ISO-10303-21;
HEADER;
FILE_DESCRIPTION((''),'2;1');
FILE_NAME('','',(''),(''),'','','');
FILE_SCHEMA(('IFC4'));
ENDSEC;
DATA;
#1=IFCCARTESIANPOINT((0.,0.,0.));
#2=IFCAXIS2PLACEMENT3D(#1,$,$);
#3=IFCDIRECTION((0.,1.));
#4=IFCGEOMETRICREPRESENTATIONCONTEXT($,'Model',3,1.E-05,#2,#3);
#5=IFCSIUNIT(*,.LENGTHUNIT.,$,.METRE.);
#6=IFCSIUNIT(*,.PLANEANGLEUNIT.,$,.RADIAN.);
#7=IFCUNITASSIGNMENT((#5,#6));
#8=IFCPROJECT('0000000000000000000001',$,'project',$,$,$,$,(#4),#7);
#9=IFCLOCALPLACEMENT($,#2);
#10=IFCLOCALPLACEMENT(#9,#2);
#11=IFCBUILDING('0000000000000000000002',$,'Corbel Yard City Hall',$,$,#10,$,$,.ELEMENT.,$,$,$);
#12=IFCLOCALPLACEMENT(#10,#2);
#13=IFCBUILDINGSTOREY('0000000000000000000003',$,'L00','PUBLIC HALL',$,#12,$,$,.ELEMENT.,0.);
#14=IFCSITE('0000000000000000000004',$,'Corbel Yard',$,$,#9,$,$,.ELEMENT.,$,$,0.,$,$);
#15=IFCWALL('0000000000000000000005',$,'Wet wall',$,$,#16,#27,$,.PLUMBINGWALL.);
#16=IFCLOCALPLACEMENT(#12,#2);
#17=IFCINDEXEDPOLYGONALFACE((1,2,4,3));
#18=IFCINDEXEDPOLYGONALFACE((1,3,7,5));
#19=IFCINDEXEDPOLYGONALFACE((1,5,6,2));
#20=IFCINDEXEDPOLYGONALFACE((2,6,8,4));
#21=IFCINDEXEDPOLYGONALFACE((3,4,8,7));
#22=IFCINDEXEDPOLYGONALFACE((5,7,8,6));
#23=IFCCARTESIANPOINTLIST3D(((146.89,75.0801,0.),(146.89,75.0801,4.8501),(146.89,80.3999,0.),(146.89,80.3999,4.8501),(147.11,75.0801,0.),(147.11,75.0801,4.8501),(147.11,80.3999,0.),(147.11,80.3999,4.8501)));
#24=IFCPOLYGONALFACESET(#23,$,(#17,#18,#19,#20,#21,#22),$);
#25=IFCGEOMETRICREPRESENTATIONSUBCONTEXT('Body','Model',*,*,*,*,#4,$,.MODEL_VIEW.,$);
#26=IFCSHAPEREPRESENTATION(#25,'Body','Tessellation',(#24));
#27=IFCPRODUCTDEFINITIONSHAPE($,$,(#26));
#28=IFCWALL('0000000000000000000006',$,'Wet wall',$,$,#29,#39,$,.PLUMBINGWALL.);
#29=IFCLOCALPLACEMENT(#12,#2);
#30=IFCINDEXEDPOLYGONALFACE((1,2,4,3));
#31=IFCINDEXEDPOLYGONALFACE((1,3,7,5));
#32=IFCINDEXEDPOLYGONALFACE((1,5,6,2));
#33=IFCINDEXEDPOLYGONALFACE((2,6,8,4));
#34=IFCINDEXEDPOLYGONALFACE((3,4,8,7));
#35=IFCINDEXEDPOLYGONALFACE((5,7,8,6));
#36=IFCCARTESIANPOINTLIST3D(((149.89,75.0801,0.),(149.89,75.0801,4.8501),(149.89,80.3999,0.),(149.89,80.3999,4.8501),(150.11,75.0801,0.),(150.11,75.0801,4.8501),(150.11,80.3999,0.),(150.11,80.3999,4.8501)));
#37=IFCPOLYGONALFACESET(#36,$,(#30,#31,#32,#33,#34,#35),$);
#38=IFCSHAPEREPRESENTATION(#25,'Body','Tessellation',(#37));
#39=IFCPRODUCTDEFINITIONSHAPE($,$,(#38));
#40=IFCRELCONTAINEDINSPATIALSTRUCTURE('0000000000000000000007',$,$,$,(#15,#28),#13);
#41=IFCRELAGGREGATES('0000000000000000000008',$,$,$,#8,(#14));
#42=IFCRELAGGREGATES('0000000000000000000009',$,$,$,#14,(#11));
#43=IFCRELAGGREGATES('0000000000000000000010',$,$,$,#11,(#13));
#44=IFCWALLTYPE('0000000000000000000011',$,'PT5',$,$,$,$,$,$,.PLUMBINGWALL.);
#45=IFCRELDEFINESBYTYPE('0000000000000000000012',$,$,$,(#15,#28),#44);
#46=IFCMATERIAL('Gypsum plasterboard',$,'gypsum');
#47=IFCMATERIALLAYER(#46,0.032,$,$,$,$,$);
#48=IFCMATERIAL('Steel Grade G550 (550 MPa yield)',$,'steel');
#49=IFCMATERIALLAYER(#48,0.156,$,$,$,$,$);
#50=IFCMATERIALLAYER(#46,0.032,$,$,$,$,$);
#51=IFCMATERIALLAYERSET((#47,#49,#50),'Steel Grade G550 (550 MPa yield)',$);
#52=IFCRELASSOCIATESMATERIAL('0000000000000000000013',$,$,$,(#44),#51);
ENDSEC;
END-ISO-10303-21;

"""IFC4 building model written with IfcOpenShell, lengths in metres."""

from ifc_helpers import new_model, si_unit, direction, frame, frame_2d, origin, place, context, subcontext, project, spatial, rectangle, extrude, material, layer, layer_set, type_object, element, save


model = new_model("IFC4")

# Units and contexts
model_context = context("Model", 3, precision=1e-05, world=origin(), true_north=direction((0.0, 1.0)))
body_context = subcontext(model_context, "Body", "Model", "MODEL_VIEW")
ifc_project = project(units=[si_unit("LENGTHUNIT", "METRE"), si_unit("PLANEANGLEUNIT", "RADIAN")], contexts=[model_context])

# Site, building, storey
site_placement = place(None, origin())
site = spatial("IfcSite", under=ifc_project, at=site_placement, Name="Corbel Yard", CompositionType="ELEMENT", RefElevation=0.0)
building_placement = place(site_placement, origin())
building = spatial("IfcBuilding", under=site, at=building_placement, Name="Corbel Yard City Hall", CompositionType="ELEMENT")
storey_placement = place(building_placement, origin())
storey = spatial("IfcBuildingStorey", under=building, at=storey_placement, Name="L00", Description="PUBLIC HALL", CompositionType="ELEMENT", Elevation=0.0)

# Shared definitions
ifc_material_1 = material(Name="Gypsum plasterboard", Category="gypsum")
ifc_material_2 = material(Name="Steel Grade G550 (550 MPa yield)", Category="steel")

# Walls
ifc_layer_1 = layer(ifc_material_1, 0.032)
ifc_layer_2 = layer(ifc_material_2, 0.156)
ifc_layer_3 = layer(ifc_material_1, 0.032)
ifc_layer_set_1 = layer_set([ifc_layer_1, ifc_layer_2, ifc_layer_3], Name="Steel Grade G550 (550 MPa yield)")
wall_type_1 = type_object("IfcWallType", Name="PT5", PredefinedType="PLUMBINGWALL", material=ifc_layer_set_1)
for number, where, z_axis, x_axis, name in (
    (1, (147.0, 75.0801, 0.0), (0.0, 0.0, 1.0), (0.0, 1.0, 0.0), "Wet wall"),
    (2, (150.0, 75.0801, 0.0), (0.0, 0.0, 1.0), (0.0, 1.0, 0.0), "Wet wall"),
):
    element("IfcWall", number, at=place(storey_placement, frame(where, z_axis=z_axis, x_axis=x_axis)), inside=storey, type_object=wall_type_1, Name=name, PredefinedType="PLUMBINGWALL", context=body_context, shape_type="SweptSolid", body=[
        extrude(rectangle(XDim=5.3198, YDim=0.22, at=frame_2d((2.6599, 0.0))), origin(), (0.0, 0.0, 1.0), 4.8501),
    ])

save(model, "model.ifc")
